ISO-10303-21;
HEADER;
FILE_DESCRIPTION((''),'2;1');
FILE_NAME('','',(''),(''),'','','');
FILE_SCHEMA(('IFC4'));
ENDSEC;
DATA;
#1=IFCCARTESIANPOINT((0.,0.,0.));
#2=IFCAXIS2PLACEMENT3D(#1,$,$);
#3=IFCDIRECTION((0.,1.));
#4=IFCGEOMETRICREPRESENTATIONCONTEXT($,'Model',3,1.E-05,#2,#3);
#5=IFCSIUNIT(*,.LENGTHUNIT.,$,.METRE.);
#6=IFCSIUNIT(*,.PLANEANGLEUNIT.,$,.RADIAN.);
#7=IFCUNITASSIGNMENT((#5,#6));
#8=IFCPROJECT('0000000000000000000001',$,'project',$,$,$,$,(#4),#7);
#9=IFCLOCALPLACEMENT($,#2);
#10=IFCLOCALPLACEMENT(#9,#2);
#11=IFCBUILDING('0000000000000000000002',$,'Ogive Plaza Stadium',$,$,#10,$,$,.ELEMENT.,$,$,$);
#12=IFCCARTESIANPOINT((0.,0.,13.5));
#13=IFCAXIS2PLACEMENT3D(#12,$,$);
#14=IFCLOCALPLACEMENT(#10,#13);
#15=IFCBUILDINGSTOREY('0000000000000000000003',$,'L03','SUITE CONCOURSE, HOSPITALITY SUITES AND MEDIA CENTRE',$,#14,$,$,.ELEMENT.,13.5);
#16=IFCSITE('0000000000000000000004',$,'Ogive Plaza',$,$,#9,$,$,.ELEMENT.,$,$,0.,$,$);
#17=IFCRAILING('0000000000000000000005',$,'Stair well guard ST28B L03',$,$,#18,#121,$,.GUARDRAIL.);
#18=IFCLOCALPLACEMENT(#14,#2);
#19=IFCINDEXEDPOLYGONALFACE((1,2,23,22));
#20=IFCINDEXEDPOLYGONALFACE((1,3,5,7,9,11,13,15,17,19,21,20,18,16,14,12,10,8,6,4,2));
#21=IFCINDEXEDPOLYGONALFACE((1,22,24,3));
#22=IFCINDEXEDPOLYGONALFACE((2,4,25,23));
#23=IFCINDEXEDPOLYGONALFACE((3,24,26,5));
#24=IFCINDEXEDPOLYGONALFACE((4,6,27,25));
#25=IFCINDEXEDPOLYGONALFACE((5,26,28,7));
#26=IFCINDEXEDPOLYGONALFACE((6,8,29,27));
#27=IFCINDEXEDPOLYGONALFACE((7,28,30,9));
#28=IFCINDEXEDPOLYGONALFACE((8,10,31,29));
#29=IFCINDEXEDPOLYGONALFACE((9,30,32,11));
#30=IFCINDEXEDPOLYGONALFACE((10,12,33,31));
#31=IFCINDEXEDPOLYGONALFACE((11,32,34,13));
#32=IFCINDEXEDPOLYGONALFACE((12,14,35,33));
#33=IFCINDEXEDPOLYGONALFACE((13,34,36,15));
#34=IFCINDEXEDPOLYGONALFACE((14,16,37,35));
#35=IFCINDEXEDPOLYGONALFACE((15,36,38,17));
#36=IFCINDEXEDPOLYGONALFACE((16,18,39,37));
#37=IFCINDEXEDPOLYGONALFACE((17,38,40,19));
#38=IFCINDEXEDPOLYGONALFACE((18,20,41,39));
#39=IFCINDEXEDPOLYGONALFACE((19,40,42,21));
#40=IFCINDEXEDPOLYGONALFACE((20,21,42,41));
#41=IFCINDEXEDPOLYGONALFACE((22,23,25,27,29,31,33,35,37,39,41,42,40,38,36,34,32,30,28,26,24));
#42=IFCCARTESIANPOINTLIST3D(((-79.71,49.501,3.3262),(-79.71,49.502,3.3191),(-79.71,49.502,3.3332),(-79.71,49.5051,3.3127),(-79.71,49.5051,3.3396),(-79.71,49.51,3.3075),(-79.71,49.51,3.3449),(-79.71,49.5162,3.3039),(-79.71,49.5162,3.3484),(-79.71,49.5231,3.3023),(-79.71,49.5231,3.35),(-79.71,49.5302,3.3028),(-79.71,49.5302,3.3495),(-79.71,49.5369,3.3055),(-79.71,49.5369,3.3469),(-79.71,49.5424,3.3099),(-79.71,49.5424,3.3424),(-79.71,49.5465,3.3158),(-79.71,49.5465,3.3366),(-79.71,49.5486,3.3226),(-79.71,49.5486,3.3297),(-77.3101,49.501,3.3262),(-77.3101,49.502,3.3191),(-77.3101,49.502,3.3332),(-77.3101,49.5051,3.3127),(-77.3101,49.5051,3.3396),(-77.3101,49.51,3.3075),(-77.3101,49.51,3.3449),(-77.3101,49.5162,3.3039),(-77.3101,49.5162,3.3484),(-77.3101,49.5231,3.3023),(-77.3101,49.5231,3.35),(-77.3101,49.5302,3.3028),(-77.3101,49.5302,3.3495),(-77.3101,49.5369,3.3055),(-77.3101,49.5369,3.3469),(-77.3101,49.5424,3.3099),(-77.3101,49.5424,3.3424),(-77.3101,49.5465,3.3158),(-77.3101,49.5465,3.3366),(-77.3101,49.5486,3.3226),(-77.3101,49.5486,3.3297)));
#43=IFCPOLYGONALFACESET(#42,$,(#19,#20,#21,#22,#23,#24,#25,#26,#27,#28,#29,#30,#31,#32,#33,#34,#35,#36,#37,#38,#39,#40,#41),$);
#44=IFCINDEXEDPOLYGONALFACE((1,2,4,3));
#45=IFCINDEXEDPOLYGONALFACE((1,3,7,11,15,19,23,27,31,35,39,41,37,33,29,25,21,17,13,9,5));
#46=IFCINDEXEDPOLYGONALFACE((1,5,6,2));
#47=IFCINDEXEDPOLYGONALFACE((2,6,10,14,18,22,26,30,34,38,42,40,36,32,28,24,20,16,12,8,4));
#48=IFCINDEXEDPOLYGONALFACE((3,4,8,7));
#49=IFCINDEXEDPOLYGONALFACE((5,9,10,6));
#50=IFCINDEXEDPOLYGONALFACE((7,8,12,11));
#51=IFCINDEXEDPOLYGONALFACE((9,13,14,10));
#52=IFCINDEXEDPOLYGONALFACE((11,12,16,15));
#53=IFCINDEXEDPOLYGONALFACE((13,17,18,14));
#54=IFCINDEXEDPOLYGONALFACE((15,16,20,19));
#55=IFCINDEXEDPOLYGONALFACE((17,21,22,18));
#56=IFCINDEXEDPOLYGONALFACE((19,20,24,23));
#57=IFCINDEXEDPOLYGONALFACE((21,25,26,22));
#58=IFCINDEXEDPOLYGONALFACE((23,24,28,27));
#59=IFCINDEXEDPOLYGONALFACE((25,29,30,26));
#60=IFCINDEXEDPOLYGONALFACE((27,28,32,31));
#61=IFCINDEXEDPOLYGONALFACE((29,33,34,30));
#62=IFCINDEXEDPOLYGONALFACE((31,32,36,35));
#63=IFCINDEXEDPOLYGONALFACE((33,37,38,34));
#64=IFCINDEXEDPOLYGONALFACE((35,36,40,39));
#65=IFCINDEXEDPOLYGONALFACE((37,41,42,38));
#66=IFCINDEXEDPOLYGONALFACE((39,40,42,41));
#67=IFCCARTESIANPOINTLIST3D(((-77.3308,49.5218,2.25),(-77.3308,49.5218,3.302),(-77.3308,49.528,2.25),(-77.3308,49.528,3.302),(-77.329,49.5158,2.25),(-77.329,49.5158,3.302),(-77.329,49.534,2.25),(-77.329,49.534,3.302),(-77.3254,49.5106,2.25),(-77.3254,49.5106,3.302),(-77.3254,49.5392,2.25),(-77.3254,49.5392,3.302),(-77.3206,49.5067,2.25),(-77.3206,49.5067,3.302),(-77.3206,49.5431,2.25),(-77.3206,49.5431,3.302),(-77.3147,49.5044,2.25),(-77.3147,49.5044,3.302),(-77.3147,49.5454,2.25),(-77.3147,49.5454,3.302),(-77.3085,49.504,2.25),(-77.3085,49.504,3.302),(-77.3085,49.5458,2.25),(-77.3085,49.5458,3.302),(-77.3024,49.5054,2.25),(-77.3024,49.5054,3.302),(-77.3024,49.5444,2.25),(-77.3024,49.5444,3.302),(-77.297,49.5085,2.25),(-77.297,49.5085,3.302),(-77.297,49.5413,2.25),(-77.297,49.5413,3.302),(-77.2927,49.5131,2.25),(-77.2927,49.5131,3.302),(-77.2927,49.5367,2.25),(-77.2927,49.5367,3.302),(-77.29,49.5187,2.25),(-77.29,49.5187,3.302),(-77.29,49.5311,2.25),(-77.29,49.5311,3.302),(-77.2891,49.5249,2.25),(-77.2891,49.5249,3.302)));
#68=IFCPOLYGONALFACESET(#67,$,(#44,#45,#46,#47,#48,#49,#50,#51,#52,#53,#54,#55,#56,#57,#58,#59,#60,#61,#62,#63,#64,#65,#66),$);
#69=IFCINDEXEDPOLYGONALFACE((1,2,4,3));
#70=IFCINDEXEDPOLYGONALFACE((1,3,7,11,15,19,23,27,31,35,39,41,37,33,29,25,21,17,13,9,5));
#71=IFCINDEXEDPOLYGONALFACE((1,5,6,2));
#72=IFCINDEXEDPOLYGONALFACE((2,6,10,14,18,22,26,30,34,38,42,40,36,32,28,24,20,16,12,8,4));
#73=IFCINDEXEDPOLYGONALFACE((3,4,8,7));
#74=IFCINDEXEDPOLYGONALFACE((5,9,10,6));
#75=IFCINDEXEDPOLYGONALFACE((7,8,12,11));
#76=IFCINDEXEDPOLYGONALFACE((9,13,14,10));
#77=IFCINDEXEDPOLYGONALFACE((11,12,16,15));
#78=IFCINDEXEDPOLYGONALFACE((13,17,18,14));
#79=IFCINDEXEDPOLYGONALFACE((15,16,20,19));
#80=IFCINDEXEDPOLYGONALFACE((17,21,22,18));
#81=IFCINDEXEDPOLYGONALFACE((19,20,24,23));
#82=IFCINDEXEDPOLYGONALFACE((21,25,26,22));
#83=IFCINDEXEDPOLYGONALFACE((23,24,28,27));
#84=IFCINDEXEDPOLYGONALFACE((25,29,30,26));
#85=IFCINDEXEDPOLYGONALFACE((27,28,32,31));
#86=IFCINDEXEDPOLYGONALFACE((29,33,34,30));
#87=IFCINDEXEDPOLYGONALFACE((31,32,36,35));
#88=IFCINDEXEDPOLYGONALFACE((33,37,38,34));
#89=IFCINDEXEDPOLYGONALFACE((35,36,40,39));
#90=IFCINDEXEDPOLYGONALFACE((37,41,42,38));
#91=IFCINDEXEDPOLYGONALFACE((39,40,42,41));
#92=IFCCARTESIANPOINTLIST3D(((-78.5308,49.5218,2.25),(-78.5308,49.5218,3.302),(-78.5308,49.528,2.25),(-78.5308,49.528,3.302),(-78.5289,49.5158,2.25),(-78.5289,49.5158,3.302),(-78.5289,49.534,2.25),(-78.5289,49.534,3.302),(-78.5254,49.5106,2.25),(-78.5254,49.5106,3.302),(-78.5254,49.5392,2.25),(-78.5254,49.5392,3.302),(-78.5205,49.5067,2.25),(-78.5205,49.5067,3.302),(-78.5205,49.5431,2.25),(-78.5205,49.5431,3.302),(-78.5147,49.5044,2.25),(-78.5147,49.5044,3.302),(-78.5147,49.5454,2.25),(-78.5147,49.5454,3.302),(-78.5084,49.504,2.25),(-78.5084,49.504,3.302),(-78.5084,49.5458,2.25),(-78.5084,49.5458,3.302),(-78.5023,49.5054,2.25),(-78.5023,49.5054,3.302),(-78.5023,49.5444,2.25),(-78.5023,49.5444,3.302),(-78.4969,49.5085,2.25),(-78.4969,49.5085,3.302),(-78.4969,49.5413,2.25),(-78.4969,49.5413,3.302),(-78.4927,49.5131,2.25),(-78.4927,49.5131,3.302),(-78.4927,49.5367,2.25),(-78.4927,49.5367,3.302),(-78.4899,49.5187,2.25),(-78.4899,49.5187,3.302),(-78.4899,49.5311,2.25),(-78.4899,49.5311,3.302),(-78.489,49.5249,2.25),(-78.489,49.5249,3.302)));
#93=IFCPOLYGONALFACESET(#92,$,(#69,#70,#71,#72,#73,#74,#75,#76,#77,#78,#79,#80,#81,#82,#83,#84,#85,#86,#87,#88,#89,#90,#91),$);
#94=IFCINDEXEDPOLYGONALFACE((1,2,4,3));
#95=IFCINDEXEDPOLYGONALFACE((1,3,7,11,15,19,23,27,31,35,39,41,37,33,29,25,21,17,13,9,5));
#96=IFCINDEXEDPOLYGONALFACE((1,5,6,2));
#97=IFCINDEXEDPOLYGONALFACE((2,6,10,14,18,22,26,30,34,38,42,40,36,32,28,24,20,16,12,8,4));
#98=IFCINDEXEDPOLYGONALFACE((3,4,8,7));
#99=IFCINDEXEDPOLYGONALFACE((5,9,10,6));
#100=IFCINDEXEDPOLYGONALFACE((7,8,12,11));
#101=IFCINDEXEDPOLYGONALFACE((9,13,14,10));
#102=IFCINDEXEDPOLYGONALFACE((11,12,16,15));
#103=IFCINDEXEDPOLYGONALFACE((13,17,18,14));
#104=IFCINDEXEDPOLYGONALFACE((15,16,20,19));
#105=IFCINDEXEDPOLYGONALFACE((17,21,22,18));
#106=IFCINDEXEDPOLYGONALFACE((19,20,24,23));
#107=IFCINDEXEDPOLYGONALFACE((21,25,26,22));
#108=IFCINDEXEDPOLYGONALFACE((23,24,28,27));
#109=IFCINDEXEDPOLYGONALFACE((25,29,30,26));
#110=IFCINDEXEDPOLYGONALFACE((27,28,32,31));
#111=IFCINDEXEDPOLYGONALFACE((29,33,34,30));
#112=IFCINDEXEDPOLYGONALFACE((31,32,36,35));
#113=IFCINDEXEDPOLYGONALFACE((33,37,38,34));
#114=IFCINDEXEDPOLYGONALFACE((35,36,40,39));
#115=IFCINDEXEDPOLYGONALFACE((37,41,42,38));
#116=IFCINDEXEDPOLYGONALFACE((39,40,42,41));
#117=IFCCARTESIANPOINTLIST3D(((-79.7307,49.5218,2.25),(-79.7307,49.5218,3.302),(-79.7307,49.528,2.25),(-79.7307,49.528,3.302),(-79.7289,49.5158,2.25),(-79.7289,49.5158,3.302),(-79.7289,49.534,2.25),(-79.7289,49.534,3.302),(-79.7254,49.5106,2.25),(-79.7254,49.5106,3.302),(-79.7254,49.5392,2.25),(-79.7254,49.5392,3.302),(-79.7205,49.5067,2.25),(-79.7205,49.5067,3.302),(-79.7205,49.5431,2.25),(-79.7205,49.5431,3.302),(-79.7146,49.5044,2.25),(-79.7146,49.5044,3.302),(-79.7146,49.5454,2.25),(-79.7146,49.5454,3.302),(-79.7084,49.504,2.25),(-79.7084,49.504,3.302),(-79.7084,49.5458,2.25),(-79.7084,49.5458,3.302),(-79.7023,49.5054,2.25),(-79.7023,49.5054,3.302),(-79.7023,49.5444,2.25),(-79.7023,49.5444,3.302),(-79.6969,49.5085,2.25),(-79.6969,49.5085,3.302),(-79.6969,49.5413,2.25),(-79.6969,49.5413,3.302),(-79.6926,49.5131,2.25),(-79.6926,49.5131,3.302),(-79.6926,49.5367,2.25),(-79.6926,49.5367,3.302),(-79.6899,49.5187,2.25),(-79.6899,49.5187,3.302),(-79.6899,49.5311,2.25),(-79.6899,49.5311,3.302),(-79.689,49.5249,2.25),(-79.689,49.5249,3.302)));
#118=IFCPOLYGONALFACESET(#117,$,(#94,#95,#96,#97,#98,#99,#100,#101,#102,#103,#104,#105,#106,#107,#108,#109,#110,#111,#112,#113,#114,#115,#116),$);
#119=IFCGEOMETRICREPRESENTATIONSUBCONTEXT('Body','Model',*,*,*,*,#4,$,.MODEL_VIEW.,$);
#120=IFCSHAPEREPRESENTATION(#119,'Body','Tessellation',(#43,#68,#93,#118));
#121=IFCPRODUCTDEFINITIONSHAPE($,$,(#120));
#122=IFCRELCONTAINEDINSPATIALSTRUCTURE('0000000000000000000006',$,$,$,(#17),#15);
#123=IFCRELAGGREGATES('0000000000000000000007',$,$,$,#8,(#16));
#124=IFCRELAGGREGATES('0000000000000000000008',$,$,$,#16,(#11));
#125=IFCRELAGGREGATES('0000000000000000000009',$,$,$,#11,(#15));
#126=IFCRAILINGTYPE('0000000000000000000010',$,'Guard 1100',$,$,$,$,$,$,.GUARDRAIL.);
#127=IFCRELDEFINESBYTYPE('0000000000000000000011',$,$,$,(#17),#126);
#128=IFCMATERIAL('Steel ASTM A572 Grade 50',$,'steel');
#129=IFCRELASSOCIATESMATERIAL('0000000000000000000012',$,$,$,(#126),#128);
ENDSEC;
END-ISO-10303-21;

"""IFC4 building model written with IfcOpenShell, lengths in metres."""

from ifc_helpers import new_model, si_unit, direction, frame, origin, origin_2d, place, context, subcontext, project, spatial, circle, extrude, material, type_object, element, save


model = new_model("IFC4")

# Units and contexts
model_context = context("Model", 3, precision=1e-05, world=origin(), true_north=direction((0.0, 1.0)))
body_context = subcontext(model_context, "Body", "Model", "MODEL_VIEW")
ifc_project = project(units=[si_unit("LENGTHUNIT", "METRE"), si_unit("PLANEANGLEUNIT", "RADIAN")], contexts=[model_context])

# Site, building, storey
site_placement = place(None, origin())
site = spatial("IfcSite", under=ifc_project, at=site_placement, Name="Ogive Plaza", CompositionType="ELEMENT", RefElevation=0.0)
building_placement = place(site_placement, origin())
building = spatial("IfcBuilding", under=site, at=building_placement, Name="Ogive Plaza Stadium", CompositionType="ELEMENT")
storey_placement = place(building_placement, frame((0.0, 0.0, 13.5)))
storey = spatial("IfcBuildingStorey", under=building, at=storey_placement, Name="L03", Description="SUITE CONCOURSE, HOSPITALITY SUITES AND MEDIA CENTRE", CompositionType="ELEMENT", Elevation=13.5)

# Railing
ifc_material_1 = material(Name="Steel ASTM A572 Grade 50", Category="steel")
railing_type_1 = type_object("IfcRailingType", Name="Guard 1100", PredefinedType="GUARDRAIL", material=ifc_material_1)
for number, where, name in (
    (1, (-77.3101, 49.5249, 2.25), "Stair well guard ST28B L03"),
):
    element("IfcRailing", number, at=place(storey_placement, frame(where)), inside=storey, type_object=railing_type_1, Name=name, PredefinedType="GUARDRAIL", context=body_context, shape_type="SweptSolid", body=[
        extrude(circle(Radius=0.0239, at=origin_2d()), frame((0.0, 0.0, 1.0762), z_axis=(-1.0, 0.0, 0.0), x_axis=(0.0, -1.0, 0.0)), (0.0, 0.0, 1.0), 2.3999),
        extrude(circle(Radius=0.021, at=origin_2d()), origin(), (0.0, 0.0, 1.0), 1.052),
        extrude(circle(Radius=0.021, at=origin_2d()), frame((-1.2, 0.0, 0.0)), (0.0, 0.0, 1.0), 1.052),
        extrude(circle(Radius=0.021, at=origin_2d()), frame((-2.3999, 0.0, 0.0)), (0.0, 0.0, 1.0), 1.052),
    ])

save(model, "model.ifc")
